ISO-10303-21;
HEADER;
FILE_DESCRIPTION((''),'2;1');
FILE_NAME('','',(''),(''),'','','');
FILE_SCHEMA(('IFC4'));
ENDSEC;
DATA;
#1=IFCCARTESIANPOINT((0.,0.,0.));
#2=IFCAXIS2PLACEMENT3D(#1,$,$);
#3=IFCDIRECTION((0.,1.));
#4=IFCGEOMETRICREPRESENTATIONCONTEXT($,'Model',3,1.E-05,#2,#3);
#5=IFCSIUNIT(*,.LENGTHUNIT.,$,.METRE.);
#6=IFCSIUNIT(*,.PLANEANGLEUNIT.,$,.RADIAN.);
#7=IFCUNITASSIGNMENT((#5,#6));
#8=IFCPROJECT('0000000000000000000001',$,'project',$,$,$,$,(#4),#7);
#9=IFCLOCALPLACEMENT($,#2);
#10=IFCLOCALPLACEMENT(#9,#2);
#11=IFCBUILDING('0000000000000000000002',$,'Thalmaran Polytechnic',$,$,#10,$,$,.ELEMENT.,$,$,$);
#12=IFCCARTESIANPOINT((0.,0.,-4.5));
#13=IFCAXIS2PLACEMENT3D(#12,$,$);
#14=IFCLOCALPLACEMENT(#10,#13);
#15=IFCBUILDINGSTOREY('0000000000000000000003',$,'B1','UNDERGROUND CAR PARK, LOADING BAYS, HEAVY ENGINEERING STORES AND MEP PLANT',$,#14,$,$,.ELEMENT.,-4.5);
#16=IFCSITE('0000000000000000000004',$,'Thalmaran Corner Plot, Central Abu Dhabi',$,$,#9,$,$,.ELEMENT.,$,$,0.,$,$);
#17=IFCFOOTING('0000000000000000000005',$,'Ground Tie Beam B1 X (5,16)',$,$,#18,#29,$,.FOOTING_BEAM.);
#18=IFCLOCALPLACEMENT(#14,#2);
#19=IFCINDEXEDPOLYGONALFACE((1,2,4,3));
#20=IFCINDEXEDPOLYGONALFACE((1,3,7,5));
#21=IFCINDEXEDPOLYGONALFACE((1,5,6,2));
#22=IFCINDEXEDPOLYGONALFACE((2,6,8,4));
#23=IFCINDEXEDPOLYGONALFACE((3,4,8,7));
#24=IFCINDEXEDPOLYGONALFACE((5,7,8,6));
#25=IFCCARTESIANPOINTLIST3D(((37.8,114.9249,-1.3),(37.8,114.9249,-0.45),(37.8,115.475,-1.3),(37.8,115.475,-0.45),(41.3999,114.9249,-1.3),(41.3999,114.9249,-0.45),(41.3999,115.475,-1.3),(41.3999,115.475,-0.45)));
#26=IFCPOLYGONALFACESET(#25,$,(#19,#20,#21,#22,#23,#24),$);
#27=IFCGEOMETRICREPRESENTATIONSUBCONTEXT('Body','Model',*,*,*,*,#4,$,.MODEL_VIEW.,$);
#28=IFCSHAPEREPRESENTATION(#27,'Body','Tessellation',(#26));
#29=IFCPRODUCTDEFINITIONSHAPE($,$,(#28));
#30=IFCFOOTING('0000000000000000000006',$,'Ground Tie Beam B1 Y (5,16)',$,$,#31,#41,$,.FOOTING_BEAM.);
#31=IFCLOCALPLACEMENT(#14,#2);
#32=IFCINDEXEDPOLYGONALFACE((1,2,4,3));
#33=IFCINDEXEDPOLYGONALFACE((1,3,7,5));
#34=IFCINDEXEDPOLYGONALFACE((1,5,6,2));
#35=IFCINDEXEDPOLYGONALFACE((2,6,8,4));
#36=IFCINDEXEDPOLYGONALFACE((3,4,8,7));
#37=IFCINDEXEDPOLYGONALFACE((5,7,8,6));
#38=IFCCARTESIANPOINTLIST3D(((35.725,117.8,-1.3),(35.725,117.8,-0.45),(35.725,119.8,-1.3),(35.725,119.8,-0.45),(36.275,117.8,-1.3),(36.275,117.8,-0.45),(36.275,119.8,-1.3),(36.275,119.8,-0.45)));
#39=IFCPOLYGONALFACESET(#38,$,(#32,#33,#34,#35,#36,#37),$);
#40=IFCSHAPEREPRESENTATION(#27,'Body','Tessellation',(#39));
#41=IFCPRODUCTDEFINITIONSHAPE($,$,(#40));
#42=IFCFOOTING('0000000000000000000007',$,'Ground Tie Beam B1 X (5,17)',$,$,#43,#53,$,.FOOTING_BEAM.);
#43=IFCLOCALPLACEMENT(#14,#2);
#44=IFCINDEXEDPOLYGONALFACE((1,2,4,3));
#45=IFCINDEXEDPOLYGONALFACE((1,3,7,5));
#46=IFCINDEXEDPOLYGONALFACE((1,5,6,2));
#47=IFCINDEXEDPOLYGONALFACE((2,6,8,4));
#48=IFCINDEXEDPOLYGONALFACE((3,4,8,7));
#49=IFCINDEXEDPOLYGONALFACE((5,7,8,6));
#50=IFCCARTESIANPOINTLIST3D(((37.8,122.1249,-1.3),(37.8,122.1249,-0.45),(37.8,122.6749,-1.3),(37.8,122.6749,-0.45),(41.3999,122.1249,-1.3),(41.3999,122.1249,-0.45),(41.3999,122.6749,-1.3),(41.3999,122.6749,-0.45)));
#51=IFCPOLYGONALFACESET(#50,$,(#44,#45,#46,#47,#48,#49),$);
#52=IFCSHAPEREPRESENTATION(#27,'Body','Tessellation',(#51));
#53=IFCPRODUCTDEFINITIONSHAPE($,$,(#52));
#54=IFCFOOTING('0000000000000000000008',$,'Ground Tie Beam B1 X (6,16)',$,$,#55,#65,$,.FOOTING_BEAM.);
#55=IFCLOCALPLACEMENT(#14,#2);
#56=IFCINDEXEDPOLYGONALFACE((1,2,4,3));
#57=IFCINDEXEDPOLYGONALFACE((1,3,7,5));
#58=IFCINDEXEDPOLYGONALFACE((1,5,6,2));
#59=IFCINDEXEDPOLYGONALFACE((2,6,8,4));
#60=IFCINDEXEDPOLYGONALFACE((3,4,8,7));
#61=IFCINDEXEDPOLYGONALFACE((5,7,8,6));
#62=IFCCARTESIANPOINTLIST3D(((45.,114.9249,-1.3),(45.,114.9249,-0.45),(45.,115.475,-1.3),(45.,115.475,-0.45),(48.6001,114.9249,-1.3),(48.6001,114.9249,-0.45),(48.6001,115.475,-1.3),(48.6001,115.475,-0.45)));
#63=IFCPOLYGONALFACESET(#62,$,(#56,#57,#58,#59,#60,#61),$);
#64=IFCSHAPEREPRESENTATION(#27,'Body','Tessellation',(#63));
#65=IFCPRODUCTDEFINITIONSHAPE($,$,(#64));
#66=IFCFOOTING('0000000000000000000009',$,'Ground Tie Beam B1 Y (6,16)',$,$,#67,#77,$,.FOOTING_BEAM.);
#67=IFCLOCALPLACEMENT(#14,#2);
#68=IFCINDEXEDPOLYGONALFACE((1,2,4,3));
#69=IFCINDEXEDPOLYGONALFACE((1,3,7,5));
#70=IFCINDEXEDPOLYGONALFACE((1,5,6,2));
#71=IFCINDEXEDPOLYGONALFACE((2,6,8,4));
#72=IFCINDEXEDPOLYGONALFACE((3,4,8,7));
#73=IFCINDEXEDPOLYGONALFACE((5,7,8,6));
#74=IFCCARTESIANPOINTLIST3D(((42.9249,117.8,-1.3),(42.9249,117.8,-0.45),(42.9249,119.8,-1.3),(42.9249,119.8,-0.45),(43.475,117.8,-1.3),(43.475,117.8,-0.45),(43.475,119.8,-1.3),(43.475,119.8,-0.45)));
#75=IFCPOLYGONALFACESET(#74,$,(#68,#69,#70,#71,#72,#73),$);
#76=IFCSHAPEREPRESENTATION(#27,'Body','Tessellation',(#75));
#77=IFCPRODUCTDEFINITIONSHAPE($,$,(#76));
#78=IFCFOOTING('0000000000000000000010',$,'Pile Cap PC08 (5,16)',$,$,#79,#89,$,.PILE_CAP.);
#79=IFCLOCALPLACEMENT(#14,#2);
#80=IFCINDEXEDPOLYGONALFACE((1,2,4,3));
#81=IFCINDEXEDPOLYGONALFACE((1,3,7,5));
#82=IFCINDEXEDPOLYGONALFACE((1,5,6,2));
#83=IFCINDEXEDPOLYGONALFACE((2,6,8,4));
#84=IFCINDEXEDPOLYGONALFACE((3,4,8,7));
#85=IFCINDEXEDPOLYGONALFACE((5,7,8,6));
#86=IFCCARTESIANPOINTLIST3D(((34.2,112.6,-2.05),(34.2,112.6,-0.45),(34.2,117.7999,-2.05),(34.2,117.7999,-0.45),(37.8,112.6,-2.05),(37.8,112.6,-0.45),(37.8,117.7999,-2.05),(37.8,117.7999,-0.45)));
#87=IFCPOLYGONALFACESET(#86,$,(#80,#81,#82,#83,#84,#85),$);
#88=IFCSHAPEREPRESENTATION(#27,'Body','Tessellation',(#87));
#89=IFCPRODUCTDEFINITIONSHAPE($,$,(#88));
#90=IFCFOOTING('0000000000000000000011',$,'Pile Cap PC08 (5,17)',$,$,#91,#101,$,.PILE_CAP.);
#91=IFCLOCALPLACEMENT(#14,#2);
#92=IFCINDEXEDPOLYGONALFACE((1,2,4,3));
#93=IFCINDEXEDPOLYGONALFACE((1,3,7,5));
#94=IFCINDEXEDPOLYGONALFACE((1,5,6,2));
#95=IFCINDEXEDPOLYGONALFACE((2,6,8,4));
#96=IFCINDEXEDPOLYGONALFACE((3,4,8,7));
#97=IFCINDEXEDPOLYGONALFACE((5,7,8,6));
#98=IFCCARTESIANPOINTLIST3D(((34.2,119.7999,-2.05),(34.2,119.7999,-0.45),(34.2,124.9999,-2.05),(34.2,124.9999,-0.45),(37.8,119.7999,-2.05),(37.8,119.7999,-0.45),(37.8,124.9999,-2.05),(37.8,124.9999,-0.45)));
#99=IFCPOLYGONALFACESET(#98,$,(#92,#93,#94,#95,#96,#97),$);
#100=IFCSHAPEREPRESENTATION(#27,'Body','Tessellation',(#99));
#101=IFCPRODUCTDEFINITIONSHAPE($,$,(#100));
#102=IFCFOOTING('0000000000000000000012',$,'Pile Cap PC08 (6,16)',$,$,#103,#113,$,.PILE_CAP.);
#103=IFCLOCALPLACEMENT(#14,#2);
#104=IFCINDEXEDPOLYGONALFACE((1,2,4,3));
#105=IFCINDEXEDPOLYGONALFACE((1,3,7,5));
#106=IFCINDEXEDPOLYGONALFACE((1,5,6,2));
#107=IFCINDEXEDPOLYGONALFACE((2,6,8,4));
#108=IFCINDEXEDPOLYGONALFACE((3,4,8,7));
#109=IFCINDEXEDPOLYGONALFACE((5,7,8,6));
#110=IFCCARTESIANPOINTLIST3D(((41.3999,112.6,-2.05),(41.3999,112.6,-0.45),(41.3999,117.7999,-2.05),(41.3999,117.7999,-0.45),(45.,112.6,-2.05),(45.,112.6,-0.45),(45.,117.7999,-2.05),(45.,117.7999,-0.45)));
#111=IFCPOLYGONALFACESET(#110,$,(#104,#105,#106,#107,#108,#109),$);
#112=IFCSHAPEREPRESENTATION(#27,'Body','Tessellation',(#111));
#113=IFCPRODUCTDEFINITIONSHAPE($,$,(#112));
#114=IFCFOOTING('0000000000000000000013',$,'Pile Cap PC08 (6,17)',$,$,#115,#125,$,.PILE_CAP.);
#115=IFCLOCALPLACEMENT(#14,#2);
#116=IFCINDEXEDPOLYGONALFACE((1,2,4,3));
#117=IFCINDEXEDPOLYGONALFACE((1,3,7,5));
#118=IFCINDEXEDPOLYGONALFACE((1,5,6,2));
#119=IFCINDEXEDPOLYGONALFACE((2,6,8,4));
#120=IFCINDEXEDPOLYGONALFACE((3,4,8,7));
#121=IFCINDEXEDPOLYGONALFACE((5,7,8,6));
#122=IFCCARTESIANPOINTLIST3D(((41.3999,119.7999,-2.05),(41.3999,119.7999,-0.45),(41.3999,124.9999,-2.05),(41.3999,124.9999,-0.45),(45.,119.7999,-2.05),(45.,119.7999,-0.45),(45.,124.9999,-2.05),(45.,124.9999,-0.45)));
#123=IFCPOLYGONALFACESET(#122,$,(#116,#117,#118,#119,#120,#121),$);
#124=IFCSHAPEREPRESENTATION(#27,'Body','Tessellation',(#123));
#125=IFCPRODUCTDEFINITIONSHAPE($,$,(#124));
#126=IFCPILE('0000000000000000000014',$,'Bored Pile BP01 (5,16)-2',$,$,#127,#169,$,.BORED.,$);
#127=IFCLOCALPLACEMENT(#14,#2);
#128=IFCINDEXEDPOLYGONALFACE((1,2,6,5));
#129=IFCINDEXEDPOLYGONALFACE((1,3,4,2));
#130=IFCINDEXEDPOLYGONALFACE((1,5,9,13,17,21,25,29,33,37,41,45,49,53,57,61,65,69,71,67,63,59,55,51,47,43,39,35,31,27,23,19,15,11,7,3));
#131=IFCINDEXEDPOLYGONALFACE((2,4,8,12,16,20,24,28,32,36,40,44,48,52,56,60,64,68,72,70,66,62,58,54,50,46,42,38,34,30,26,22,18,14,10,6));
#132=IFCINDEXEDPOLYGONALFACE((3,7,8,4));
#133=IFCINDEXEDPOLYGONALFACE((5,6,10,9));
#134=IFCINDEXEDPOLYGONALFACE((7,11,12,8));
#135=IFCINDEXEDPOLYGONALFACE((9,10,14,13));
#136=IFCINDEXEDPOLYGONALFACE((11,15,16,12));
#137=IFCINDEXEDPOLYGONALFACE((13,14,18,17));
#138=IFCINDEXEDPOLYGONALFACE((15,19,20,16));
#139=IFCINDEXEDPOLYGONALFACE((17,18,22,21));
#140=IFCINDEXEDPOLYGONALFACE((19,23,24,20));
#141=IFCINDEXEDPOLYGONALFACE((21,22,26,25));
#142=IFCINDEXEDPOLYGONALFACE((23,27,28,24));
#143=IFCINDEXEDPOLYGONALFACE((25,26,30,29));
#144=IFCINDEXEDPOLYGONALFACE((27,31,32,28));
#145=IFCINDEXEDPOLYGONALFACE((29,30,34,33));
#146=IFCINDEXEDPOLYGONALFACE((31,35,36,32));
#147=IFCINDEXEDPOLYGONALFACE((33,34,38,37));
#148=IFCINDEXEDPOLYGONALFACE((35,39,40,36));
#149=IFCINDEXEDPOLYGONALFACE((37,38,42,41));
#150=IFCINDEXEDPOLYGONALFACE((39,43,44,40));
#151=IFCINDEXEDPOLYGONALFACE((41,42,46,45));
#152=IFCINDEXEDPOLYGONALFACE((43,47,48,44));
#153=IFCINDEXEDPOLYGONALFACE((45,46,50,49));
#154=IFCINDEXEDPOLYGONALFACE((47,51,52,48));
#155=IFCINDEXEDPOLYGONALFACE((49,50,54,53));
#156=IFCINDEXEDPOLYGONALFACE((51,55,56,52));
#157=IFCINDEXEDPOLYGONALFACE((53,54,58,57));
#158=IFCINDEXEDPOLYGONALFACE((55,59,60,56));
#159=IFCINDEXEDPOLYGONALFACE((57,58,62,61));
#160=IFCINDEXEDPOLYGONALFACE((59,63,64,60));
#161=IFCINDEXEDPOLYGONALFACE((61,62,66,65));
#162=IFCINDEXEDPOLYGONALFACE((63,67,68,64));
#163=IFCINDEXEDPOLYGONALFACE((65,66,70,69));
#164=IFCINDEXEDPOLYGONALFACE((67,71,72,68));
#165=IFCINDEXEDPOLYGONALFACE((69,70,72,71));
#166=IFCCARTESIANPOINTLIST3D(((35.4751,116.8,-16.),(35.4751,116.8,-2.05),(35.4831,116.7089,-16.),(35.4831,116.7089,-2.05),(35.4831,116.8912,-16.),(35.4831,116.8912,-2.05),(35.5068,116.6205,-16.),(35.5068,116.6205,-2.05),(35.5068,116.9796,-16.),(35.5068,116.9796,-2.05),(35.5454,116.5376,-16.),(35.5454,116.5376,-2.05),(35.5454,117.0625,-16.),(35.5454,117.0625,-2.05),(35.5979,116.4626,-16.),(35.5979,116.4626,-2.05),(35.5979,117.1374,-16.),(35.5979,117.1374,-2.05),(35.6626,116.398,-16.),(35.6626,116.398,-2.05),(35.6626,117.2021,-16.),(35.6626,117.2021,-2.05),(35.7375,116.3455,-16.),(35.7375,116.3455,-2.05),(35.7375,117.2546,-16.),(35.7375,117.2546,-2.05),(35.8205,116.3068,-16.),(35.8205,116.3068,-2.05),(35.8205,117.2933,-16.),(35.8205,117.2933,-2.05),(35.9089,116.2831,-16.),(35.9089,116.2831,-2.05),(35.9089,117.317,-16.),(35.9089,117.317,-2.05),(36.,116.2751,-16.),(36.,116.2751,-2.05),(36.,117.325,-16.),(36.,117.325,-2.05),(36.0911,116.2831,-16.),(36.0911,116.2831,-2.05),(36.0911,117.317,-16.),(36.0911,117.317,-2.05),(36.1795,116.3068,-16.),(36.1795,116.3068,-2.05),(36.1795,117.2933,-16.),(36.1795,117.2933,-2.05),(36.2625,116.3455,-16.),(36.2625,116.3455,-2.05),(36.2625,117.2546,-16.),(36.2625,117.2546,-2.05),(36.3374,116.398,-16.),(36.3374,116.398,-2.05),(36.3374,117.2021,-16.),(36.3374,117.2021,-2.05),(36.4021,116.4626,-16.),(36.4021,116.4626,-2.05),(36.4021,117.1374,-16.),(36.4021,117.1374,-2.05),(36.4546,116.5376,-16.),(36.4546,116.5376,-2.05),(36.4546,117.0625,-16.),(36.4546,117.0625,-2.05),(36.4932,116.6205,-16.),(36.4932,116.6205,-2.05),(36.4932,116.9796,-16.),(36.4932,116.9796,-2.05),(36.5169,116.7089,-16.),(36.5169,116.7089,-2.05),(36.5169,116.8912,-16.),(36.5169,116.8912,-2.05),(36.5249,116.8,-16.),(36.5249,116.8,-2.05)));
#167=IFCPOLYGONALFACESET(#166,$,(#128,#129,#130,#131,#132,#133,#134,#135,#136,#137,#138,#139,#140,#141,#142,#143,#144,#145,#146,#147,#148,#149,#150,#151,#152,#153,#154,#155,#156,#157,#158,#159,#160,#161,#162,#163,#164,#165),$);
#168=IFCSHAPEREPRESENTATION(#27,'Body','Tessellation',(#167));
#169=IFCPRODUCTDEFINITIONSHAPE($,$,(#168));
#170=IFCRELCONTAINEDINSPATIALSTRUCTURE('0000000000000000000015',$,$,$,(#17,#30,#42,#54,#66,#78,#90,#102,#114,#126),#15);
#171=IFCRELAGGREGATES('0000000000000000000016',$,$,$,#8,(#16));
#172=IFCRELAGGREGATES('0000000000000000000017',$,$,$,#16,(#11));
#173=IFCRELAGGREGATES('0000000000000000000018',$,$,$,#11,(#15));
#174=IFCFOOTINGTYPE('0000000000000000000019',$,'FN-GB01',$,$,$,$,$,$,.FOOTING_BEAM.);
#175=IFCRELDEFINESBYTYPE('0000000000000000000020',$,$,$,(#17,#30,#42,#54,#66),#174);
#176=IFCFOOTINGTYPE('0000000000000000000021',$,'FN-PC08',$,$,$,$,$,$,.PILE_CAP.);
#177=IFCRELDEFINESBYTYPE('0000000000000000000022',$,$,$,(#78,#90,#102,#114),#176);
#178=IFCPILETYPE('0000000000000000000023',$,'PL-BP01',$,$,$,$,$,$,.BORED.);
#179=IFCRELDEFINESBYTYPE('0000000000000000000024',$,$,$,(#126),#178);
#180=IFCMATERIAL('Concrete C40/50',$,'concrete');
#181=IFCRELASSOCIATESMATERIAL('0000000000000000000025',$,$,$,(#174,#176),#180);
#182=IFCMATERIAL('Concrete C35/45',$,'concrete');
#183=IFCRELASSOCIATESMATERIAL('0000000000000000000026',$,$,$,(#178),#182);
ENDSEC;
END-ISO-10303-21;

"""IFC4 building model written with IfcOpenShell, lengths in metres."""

from ifc_helpers import new_model, si_unit, direction, frame, origin, origin_2d, place, context, subcontext, project, spatial, rectangle, circle, extrude, material, material_profile, profile_set, type_object, element, save


model = new_model("IFC4")

# Units and contexts
model_context = context("Model", 3, precision=1e-05, world=origin(), true_north=direction((0.0, 1.0)))
body_context = subcontext(model_context, "Body", "Model", "MODEL_VIEW")
ifc_project = project(units=[si_unit("LENGTHUNIT", "METRE"), si_unit("PLANEANGLEUNIT", "RADIAN")], contexts=[model_context])

# Site, building, storey
site_placement = place(None, origin())
site = spatial("IfcSite", under=ifc_project, at=site_placement, Name="Thalmaran Corner Plot, Central Abu Dhabi", CompositionType="ELEMENT", RefElevation=0.0)
building_placement = place(site_placement, origin())
building = spatial("IfcBuilding", under=site, at=building_placement, Name="Thalmaran Polytechnic", CompositionType="ELEMENT")
storey_placement = place(building_placement, frame((0.0, 0.0, -4.5)))
storey = spatial("IfcBuildingStorey", under=building, at=storey_placement, Name="B1", Description="UNDERGROUND CAR PARK, LOADING BAYS, HEAVY ENGINEERING STORES AND MEP PLANT", CompositionType="ELEMENT", Elevation=-4.5)

# Footings
ifc_material_1 = material(Name="Concrete C40/50", Category="concrete")
ifc_material_profile_1 = material_profile(ifc_material_1, rectangle(XDim=0.55, YDim=0.8501, at=origin_2d()), Name="RC 550x850")
ifc_profile_set_1 = profile_set([ifc_material_profile_1], Name="Concrete C40/50")
footing_type_1 = type_object("IfcFootingType", Name="FN-GB01", PredefinedType="FOOTING_BEAM", material=ifc_profile_set_1)
footing_1_placement = place(storey_placement, frame((37.8, 115.2, -0.875), z_axis=(1.0, 0.0, 0.0), x_axis=(0.0, 1.0, 0.0)))
element("IfcFooting", 1, at=footing_1_placement, inside=storey, type_object=footing_type_1, Name="Ground Tie Beam B1 X (5,16)", PredefinedType="FOOTING_BEAM", context=body_context, shape_type="SweptSolid", body=[
    extrude(rectangle(XDim=0.55, YDim=0.8501, at=origin_2d()), origin(), (0.0, 0.0, 1.0), 3.5999),
])
footing_2_placement = place(storey_placement, frame((36.0, 117.8, -0.875), z_axis=(0.0, 1.0, 0.0), x_axis=(-1.0, 0.0, 0.0)))
element("IfcFooting", 2, at=footing_2_placement, inside=storey, type_object=footing_type_1, Name="Ground Tie Beam B1 Y (5,16)", PredefinedType="FOOTING_BEAM", context=body_context, shape_type="SweptSolid", body=[
    extrude(rectangle(XDim=0.55, YDim=0.8501, at=origin_2d()), origin(), (0.0, 0.0, 1.0), 2.0),
])
footing_3_placement = place(storey_placement, frame((37.8, 122.3999, -0.875), z_axis=(1.0, 0.0, 0.0), x_axis=(0.0, 1.0, 0.0)))
element("IfcFooting", 3, at=footing_3_placement, inside=storey, type_object=footing_type_1, Name="Ground Tie Beam B1 X (5,17)", PredefinedType="FOOTING_BEAM", context=body_context, shape_type="SweptSolid", body=[
    extrude(rectangle(XDim=0.55, YDim=0.8501, at=origin_2d()), origin(), (0.0, 0.0, 1.0), 3.5999),
])
footing_4_placement = place(storey_placement, frame((45.0, 115.2, -0.875), z_axis=(1.0, 0.0, 0.0), x_axis=(0.0, 1.0, 0.0)))
element("IfcFooting", 4, at=footing_4_placement, inside=storey, type_object=footing_type_1, Name="Ground Tie Beam B1 X (6,16)", PredefinedType="FOOTING_BEAM", context=body_context, shape_type="SweptSolid", body=[
    extrude(rectangle(XDim=0.55, YDim=0.8501, at=origin_2d()), origin(), (0.0, 0.0, 1.0), 3.6001),
])
footing_5_placement = place(storey_placement, frame((43.2, 117.8, -0.875), z_axis=(0.0, 1.0, 0.0), x_axis=(-1.0, 0.0, 0.0)))
element("IfcFooting", 5, at=footing_5_placement, inside=storey, type_object=footing_type_1, Name="Ground Tie Beam B1 Y (6,16)", PredefinedType="FOOTING_BEAM", context=body_context, shape_type="SweptSolid", body=[
    extrude(rectangle(XDim=0.55, YDim=0.8501, at=origin_2d()), origin(), (0.0, 0.0, 1.0), 2.0),
])
footing_type_2 = type_object("IfcFootingType", Name="FN-PC08", PredefinedType="PILE_CAP", material=ifc_material_1)
for number, where, z_axis, x_axis, name in (
    (6, (36.0, 115.2, -2.05), (0.0, 0.0, 1.0), (1.0, 0.0, 0.0), "Pile Cap PC08 (5,16)"),
    (7, (36.0, 122.3999, -2.05), (0.0, 0.0, 1.0), (1.0, 0.0, 0.0), "Pile Cap PC08 (5,17)"),
    (8, (43.2, 115.2, -2.05), (0.0, 0.0, 1.0), (1.0, 0.0, 0.0), "Pile Cap PC08 (6,16)"),
    (9, (43.2, 122.3999, -2.05), (0.0, 0.0, 1.0), (1.0, 0.0, 0.0), "Pile Cap PC08 (6,17)"),
):
    element("IfcFooting", number, at=place(storey_placement, frame(where, z_axis=z_axis, x_axis=x_axis)), inside=storey, type_object=footing_type_2, Name=name, PredefinedType="PILE_CAP", context=body_context, shape_type="SweptSolid", body=[
        extrude(rectangle(XDim=3.6001, YDim=5.2, at=origin_2d()), origin(), (0.0, 0.0, 1.0), 1.6001),
    ])

# Pile
ifc_material_2 = material(Name="Concrete C35/45", Category="concrete")
ifc_material_profile_2 = material_profile(ifc_material_2, circle(Radius=0.5249, at=origin_2d()), Name="RC 1050 DIA")
ifc_profile_set_2 = profile_set([ifc_material_profile_2], Name="Concrete C35/45")
pile_type = type_object("IfcPileType", Name="PL-BP01", PredefinedType="BORED", material=ifc_profile_set_2)
for number, where, z_axis, x_axis, name in (
    (10, (36.0, 116.8, -2.05), (0.0, 0.0, -1.0), (1.0, 0.0, 0.0), "Bored Pile BP01 (5,16)-2"),
):
    element("IfcPile", number, at=place(storey_placement, frame(where, z_axis=z_axis, x_axis=x_axis)), inside=storey, type_object=pile_type, Name=name, PredefinedType="BORED", context=body_context, shape_type="SweptSolid", body=[
        extrude(circle(Radius=0.5249, at=origin_2d()), origin(), (0.0, 0.0, 1.0), 13.95),
    ])

save(model, "model.ifc")
